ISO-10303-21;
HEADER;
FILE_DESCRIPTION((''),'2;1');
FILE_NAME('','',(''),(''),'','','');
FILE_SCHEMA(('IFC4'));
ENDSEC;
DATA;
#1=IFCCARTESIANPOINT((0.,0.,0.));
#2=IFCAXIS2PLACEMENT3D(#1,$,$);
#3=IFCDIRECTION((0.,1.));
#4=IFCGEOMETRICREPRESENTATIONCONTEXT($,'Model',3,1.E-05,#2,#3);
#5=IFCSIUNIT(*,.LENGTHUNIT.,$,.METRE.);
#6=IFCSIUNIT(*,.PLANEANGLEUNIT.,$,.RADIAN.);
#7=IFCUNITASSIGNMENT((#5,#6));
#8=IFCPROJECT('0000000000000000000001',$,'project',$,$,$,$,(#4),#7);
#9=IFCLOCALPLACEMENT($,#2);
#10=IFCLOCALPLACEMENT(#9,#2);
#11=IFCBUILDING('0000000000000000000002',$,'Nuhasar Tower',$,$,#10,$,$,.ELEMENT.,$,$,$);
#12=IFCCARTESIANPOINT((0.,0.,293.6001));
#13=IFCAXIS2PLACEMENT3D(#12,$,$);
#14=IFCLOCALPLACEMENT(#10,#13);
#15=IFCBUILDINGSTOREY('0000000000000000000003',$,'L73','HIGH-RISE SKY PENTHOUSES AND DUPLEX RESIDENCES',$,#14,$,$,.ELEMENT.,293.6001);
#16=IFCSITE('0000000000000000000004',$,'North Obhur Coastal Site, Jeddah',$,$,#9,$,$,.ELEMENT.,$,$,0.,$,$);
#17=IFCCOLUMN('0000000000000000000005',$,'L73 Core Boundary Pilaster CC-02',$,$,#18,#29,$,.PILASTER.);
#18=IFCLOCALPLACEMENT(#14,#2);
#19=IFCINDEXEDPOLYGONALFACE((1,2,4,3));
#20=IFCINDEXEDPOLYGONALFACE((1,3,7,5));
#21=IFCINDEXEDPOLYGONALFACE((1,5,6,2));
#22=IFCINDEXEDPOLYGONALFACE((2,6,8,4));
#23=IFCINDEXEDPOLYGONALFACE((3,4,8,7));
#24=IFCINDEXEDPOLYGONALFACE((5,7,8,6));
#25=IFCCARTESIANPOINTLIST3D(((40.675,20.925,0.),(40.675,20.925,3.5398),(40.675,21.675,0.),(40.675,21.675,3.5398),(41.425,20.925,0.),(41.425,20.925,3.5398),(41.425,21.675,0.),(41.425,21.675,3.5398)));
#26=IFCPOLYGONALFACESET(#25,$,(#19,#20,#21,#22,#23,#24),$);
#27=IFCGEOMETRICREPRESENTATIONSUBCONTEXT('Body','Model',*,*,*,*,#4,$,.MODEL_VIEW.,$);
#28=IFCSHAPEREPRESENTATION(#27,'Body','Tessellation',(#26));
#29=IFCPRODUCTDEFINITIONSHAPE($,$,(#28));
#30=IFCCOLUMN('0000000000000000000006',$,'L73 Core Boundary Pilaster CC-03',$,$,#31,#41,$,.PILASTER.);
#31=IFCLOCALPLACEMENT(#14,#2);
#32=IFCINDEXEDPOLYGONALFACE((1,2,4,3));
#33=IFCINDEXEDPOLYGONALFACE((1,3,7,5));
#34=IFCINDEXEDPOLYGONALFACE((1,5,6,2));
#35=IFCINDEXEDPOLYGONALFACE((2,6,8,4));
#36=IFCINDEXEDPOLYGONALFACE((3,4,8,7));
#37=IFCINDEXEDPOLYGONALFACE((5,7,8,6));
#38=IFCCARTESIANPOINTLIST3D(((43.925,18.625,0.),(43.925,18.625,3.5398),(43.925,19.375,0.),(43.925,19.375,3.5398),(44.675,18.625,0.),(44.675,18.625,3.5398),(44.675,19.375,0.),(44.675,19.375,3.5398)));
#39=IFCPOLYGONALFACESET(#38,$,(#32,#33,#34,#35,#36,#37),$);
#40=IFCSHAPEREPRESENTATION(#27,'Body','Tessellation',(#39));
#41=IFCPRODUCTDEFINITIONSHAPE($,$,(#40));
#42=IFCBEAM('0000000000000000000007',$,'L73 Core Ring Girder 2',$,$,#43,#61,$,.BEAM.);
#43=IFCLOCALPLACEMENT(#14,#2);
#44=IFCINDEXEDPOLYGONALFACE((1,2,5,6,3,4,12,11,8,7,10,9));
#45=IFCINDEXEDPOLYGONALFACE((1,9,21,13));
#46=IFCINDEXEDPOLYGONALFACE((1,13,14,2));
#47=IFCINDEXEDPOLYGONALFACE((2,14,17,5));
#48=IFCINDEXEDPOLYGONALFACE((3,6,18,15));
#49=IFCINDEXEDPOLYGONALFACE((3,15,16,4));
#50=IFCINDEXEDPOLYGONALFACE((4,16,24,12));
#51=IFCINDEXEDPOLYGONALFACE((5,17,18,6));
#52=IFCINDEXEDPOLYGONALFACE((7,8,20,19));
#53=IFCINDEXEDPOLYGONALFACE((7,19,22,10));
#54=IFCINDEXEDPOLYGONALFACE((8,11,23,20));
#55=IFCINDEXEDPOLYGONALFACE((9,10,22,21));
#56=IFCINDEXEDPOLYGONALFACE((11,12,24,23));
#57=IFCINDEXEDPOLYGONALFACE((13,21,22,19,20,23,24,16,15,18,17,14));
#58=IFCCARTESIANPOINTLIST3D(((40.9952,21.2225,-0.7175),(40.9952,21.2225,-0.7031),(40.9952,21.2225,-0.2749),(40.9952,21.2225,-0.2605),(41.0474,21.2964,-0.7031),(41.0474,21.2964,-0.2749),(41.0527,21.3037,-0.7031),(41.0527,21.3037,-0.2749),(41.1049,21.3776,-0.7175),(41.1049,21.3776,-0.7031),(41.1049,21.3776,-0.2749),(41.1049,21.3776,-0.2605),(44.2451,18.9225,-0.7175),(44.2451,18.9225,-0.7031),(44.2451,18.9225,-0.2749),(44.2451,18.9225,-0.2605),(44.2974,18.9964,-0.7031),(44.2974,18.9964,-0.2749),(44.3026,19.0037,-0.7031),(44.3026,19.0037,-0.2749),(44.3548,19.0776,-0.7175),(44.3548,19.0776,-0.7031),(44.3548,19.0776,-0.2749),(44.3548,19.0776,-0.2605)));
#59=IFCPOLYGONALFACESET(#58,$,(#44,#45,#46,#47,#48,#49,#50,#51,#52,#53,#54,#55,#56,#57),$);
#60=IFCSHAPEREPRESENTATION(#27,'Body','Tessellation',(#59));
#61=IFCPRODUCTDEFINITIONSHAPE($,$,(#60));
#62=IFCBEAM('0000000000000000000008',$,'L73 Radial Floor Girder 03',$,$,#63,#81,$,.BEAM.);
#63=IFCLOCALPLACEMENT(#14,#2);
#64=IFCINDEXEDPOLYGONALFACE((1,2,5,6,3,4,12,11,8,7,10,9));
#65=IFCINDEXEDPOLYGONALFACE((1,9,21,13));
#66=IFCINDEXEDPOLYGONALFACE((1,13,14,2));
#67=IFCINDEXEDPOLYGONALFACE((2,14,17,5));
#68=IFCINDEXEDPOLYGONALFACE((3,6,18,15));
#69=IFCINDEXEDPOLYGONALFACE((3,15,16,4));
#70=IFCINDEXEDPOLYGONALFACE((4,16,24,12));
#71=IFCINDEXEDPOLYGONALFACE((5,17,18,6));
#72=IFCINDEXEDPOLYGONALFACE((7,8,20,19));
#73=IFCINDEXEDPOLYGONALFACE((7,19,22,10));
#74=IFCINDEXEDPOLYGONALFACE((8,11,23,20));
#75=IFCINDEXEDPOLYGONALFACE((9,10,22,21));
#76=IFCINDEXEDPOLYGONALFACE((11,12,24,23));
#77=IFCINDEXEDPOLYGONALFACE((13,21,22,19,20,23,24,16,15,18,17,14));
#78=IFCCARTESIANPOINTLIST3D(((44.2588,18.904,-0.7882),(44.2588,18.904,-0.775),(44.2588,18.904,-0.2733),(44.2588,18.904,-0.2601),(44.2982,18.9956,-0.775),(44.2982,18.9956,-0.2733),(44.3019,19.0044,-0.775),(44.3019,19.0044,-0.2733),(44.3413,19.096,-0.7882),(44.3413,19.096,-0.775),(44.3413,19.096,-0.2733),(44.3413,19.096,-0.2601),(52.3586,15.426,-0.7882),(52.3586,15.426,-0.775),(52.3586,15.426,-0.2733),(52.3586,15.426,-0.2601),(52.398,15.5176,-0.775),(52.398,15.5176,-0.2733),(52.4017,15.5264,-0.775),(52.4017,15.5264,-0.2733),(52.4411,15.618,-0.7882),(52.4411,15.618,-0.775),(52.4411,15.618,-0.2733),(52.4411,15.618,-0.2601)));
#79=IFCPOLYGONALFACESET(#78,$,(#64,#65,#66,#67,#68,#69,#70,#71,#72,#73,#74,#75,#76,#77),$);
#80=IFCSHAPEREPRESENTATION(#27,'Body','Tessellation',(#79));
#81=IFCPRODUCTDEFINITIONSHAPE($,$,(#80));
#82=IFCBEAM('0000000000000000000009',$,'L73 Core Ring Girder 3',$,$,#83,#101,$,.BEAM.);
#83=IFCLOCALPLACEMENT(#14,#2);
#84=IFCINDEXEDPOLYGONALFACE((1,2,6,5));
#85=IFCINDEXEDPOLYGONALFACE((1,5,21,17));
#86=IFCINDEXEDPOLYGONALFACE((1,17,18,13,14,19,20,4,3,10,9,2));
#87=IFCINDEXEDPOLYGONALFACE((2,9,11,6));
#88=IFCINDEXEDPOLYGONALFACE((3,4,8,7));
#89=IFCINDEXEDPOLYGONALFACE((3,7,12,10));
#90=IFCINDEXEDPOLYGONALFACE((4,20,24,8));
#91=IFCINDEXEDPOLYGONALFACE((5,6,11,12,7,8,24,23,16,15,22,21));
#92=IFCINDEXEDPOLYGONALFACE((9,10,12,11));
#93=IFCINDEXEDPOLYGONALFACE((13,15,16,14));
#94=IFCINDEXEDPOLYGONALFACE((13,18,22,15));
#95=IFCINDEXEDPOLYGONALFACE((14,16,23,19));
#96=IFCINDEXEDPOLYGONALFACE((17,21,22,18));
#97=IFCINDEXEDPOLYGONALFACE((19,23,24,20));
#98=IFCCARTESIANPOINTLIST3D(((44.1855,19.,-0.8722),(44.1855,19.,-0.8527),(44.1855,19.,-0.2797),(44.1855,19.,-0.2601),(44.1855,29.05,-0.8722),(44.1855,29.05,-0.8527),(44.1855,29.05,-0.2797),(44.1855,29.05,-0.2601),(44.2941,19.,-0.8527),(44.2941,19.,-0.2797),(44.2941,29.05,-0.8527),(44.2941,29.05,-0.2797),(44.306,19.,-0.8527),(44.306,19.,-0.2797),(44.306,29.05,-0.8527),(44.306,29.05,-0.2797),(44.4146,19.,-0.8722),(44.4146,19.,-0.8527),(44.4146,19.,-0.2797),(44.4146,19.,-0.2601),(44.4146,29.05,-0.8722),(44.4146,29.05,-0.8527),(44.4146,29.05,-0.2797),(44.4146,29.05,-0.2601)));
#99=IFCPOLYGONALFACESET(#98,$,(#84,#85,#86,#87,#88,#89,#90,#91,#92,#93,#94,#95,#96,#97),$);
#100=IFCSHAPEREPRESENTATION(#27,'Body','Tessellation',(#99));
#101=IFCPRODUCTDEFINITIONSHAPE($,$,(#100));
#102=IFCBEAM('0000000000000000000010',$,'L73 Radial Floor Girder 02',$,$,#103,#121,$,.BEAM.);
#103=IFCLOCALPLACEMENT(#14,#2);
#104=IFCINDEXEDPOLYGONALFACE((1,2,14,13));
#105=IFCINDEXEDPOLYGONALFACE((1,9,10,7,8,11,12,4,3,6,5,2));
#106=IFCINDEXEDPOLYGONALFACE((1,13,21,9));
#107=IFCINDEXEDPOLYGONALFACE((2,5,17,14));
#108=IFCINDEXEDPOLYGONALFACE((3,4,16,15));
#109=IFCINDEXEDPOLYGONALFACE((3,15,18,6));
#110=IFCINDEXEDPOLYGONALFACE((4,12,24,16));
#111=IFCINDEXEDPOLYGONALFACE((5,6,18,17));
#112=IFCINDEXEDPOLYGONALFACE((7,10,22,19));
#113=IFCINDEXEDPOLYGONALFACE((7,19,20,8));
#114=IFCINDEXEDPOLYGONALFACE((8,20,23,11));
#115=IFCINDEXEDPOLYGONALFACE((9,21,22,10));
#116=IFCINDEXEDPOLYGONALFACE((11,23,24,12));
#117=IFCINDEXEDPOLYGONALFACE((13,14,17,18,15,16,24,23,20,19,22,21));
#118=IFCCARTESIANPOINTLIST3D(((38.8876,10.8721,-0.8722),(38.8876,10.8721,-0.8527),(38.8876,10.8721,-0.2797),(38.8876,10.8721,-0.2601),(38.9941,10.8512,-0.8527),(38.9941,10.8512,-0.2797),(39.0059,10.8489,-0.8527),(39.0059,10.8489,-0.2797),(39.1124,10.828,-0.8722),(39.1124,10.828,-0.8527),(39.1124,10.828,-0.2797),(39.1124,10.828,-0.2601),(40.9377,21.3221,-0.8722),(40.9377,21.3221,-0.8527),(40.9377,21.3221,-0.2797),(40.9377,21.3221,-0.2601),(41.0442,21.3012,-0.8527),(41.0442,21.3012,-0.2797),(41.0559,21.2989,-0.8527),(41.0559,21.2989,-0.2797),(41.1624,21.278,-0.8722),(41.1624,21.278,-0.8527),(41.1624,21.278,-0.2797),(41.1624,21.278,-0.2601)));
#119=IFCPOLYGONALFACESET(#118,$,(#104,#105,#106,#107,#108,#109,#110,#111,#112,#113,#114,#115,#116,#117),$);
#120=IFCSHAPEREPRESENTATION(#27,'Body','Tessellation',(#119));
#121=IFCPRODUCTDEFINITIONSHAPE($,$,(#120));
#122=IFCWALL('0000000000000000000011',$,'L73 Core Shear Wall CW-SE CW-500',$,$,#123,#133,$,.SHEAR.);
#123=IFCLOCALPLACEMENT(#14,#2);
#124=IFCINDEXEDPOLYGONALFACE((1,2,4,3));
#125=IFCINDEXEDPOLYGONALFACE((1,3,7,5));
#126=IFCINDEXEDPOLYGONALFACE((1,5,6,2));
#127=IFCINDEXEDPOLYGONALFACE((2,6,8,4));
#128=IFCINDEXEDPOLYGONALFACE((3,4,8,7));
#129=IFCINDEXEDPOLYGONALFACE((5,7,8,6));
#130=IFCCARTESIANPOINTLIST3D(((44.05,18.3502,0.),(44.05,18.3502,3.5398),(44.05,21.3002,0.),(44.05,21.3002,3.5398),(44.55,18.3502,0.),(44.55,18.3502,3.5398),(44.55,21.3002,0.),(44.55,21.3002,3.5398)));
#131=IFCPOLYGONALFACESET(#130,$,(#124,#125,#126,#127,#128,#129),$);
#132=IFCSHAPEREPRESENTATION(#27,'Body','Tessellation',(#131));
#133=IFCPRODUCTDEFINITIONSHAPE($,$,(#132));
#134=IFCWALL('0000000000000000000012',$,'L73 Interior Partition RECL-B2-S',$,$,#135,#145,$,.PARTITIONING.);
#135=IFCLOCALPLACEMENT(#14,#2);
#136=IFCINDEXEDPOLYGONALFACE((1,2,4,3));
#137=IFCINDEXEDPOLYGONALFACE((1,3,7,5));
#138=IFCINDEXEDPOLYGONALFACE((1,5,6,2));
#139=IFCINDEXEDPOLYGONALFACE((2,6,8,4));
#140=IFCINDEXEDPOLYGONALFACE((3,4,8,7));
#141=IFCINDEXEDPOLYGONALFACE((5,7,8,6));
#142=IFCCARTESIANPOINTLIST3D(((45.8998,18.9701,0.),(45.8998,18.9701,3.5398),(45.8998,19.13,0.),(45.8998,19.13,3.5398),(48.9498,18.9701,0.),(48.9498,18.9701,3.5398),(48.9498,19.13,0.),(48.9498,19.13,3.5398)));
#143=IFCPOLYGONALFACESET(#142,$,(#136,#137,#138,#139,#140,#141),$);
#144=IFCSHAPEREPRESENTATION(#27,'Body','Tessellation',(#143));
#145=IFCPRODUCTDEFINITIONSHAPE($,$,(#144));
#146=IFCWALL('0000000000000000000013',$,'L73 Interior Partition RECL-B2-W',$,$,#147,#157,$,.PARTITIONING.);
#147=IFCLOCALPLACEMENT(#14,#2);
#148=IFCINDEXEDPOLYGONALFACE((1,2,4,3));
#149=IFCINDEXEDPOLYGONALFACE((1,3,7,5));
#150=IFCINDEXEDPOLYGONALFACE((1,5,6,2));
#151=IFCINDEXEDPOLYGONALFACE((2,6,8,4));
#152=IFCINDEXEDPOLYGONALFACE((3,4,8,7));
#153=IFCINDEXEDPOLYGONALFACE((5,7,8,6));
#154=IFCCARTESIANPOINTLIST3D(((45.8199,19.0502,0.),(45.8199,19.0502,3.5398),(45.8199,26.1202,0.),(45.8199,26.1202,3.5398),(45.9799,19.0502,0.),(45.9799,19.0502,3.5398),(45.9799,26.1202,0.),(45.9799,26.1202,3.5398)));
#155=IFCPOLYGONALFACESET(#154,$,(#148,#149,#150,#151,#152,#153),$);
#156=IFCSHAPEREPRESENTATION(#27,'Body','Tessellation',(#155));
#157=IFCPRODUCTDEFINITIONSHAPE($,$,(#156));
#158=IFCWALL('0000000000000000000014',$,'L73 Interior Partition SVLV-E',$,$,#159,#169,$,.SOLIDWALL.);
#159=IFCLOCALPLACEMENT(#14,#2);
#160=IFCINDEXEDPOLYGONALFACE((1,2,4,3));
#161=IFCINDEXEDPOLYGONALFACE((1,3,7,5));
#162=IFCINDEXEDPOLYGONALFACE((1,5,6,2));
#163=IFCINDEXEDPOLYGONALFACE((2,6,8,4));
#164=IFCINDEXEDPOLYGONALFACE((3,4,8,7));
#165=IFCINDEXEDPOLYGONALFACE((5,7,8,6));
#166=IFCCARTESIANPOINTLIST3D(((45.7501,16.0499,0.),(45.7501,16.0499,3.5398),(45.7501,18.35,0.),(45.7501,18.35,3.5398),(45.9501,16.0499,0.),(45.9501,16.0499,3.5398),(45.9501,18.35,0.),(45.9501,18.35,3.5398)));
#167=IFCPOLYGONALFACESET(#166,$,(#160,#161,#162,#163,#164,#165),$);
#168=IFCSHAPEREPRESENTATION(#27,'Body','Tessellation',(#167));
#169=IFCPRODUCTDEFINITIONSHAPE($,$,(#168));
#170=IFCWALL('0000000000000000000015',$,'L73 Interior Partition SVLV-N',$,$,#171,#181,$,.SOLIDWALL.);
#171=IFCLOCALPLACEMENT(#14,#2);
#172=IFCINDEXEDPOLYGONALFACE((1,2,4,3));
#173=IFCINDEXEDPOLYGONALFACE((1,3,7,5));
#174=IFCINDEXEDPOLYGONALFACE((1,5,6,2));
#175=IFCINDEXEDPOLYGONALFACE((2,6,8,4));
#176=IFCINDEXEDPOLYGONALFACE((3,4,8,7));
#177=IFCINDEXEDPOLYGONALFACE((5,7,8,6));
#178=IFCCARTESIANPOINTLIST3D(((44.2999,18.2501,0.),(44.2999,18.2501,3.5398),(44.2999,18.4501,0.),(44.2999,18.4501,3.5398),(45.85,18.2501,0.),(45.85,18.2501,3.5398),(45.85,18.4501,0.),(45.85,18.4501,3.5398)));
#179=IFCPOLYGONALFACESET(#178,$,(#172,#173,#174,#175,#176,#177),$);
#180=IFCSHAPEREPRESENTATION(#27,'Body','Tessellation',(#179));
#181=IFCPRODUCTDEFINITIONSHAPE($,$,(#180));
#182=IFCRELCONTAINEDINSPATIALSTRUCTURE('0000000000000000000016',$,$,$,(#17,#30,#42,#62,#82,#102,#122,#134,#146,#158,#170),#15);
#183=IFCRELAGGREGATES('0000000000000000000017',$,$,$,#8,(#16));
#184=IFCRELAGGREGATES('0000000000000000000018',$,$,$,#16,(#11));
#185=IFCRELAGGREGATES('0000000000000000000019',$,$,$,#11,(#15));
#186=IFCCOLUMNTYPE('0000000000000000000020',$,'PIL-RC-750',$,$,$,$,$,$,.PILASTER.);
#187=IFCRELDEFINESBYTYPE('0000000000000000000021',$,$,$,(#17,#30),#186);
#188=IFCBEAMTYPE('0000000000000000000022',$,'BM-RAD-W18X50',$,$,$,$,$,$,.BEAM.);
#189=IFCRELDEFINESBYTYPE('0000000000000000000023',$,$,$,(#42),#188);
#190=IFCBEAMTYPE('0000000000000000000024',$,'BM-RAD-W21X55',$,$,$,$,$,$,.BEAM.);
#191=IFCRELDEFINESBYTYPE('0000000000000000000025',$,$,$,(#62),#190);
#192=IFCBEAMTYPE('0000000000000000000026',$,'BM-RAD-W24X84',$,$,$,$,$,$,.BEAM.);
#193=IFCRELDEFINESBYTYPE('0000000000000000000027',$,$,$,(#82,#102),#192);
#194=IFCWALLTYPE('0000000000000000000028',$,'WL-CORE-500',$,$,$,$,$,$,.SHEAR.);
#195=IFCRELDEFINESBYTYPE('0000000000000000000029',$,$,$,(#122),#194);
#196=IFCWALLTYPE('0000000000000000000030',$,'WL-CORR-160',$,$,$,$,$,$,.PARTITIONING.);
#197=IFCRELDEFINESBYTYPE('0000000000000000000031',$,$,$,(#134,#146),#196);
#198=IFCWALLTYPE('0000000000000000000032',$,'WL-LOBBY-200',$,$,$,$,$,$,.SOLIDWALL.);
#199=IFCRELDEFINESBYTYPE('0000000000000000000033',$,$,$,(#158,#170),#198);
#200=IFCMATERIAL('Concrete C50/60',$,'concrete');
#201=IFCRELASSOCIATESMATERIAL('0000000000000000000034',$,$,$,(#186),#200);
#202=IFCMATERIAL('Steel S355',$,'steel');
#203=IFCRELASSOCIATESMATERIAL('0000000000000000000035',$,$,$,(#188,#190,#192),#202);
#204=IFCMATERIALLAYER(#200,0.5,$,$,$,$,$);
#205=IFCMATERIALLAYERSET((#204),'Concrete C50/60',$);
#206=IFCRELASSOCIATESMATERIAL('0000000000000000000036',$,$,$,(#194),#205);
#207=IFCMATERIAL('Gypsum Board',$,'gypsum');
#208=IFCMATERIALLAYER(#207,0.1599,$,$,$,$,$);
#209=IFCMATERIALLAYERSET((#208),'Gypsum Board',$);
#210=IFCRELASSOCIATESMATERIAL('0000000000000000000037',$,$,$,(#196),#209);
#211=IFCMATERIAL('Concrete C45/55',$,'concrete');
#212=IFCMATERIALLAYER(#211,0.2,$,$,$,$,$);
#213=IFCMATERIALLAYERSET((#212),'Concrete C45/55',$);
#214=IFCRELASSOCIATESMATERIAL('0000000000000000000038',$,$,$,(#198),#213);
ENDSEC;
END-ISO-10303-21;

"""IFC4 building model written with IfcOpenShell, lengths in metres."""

from ifc_helpers import new_model, si_unit, direction, frame, frame_2d, origin, origin_2d, place, context, subcontext, project, spatial, rectangle, i_section, extrude, material, layer, layer_set, material_profile, profile_set, type_object, element, save


model = new_model("IFC4")

# Units and contexts
model_context = context("Model", 3, precision=1e-05, world=origin(), true_north=direction((0.0, 1.0)))
body_context = subcontext(model_context, "Body", "Model", "MODEL_VIEW")
ifc_project = project(units=[si_unit("LENGTHUNIT", "METRE"), si_unit("PLANEANGLEUNIT", "RADIAN")], contexts=[model_context])

# Site, building, storey
site_placement = place(None, origin())
site = spatial("IfcSite", under=ifc_project, at=site_placement, Name="North Obhur Coastal Site, Jeddah", CompositionType="ELEMENT", RefElevation=0.0)
building_placement = place(site_placement, origin())
building = spatial("IfcBuilding", under=site, at=building_placement, Name="Nuhasar Tower", CompositionType="ELEMENT")
storey_placement = place(building_placement, frame((0.0, 0.0, 293.6001)))
storey = spatial("IfcBuildingStorey", under=building, at=storey_placement, Name="L73", Description="HIGH-RISE SKY PENTHOUSES AND DUPLEX RESIDENCES", CompositionType="ELEMENT", Elevation=293.6001)

# Columns
ifc_material_1 = material(Name="Concrete C50/60", Category="concrete")
ifc_material_profile_1 = material_profile(ifc_material_1, rectangle(XDim=0.75, YDim=0.75, at=origin_2d()), Name="RC750X750")
ifc_profile_set_1 = profile_set([ifc_material_profile_1], Name="Concrete C50/60")
column_type = type_object("IfcColumnType", Name="PIL-RC-750", PredefinedType="PILASTER", material=ifc_profile_set_1)
for number, where, z_axis, x_axis, name in (
    (1, (41.05, 21.3, 0.0), (0.0, 0.0, 1.0), (1.0, 0.0, 0.0), "L73 Core Boundary Pilaster CC-02"),
    (2, (44.3, 19.0, 0.0), (0.0, 0.0, 1.0), (1.0, 0.0, 0.0), "L73 Core Boundary Pilaster CC-03"),
):
    element("IfcColumn", number, at=place(storey_placement, frame(where, z_axis=z_axis, x_axis=x_axis)), inside=storey, type_object=column_type, Name=name, PredefinedType="PILASTER", context=body_context, shape_type="SweptSolid", body=[
        extrude(rectangle(XDim=0.75, YDim=0.75, at=origin_2d()), origin(), (0.0, 0.0, 1.0), 3.5398),
    ])

# Beams
ifc_material_2 = material(Name="Steel S355", Category="steel")
ifc_material_profile_2 = material_profile(ifc_material_2, i_section(OverallWidth=0.1899, OverallDepth=0.457, WebThickness=0.009, FlangeThickness=0.0144, at=origin_2d()), Name="W18X50")
ifc_profile_set_2 = profile_set([ifc_material_profile_2], Name="Steel S355")
beam_type_1 = type_object("IfcBeamType", Name="BM-RAD-W18X50", PredefinedType="BEAM", material=ifc_profile_set_2)
beam_1_placement = place(storey_placement, frame((41.05, 21.3, -0.489), z_axis=(0.816265, -0.577677, 0.0), x_axis=(0.577677, 0.816265, 0.0)))
element("IfcBeam", 3, at=beam_1_placement, inside=storey, type_object=beam_type_1, Name="L73 Core Ring Girder 2", PredefinedType="BEAM", context=body_context, shape_type="SweptSolid", body=[
    extrude(i_section(OverallWidth=0.1899, OverallDepth=0.457, WebThickness=0.009, FlangeThickness=0.0144, at=origin_2d()), origin(), (0.0, 0.0, 1.0), 3.9814),
])
ifc_material_profile_3 = material_profile(ifc_material_2, i_section(OverallWidth=0.209, OverallDepth=0.5281, WebThickness=0.0095, FlangeThickness=0.0132, at=origin_2d()), Name="W21X55")
ifc_profile_set_3 = profile_set([ifc_material_profile_3], Name="Steel S355")
beam_type_2 = type_object("IfcBeamType", Name="BM-RAD-W21X55", PredefinedType="BEAM", material=ifc_profile_set_3)
beam_2_placement = place(storey_placement, frame((44.3, 19.0, -0.5242), z_axis=(0.918871, -0.394558, 0.0), x_axis=(0.394558, 0.918871, 0.0)))
element("IfcBeam", 4, at=beam_2_placement, inside=storey, type_object=beam_type_2, Name="L73 Radial Floor Girder 03", PredefinedType="BEAM", context=body_context, shape_type="SweptSolid", body=[
    extrude(i_section(OverallWidth=0.209, OverallDepth=0.5281, WebThickness=0.0095, FlangeThickness=0.0132, at=origin_2d()), origin(), (0.0, 0.0, 1.0), 8.8149),
])
ifc_material_profile_4 = material_profile(ifc_material_2, i_section(OverallWidth=0.229, OverallDepth=0.6121, WebThickness=0.012, FlangeThickness=0.0195, at=origin_2d()), Name="W24X84")
ifc_profile_set_4 = profile_set([ifc_material_profile_4], Name="Steel S355")
beam_type_3 = type_object("IfcBeamType", Name="BM-RAD-W24X84", PredefinedType="BEAM", material=ifc_profile_set_4)
beam_3_placement = place(storey_placement, frame((44.3, 19.0, -0.5662), z_axis=(0.0, 1.0, 0.0), x_axis=(-1.0, 0.0, 0.0)))
element("IfcBeam", 5, at=beam_3_placement, inside=storey, type_object=beam_type_3, Name="L73 Core Ring Girder 3", PredefinedType="BEAM", context=body_context, shape_type="SweptSolid", body=[
    extrude(i_section(OverallWidth=0.229, OverallDepth=0.6121, WebThickness=0.012, FlangeThickness=0.0195, at=origin_2d()), origin(), (0.0, 0.0, 1.0), 10.05),
])
beam_4_placement = place(storey_placement, frame((41.05, 21.3, -0.5662), z_axis=(-0.192508, -0.981295, 0.0), x_axis=(0.981295, -0.192508, 0.0)))
element("IfcBeam", 6, at=beam_4_placement, inside=storey, type_object=beam_type_3, Name="L73 Radial Floor Girder 02", PredefinedType="BEAM", context=body_context, shape_type="SweptSolid", body=[
    extrude(i_section(OverallWidth=0.229, OverallDepth=0.6121, WebThickness=0.012, FlangeThickness=0.0195, at=origin_2d()), origin(), (0.0, 0.0, 1.0), 10.6492),
])

# Walls
ifc_layer_1 = layer(ifc_material_1, 0.5)
ifc_layer_set_1 = layer_set([ifc_layer_1], Name="Concrete C50/60")
wall_type_1 = type_object("IfcWallType", Name="WL-CORE-500", PredefinedType="SHEAR", material=ifc_layer_set_1)
wall_1_placement = place(storey_placement, frame((44.3, 18.3501, 0.0), z_axis=(0.0, 0.0, 1.0), x_axis=(0.0, 1.0, 0.0)))
element("IfcWall", 7, at=wall_1_placement, inside=storey, type_object=wall_type_1, Name="L73 Core Shear Wall CW-SE CW-500", PredefinedType="SHEAR", context=body_context, shape_type="SweptSolid", body=[
    extrude(rectangle(XDim=2.95, YDim=0.5, at=frame_2d((1.4751, 0.0))), origin(), (0.0, 0.0, 1.0), 3.5398),
])
ifc_material_3 = material(Name="Gypsum Board", Category="gypsum")
ifc_layer_2 = layer(ifc_material_3, 0.1599)
ifc_layer_set_2 = layer_set([ifc_layer_2], Name="Gypsum Board")
wall_type_2 = type_object("IfcWallType", Name="WL-CORR-160", PredefinedType="PARTITIONING", material=ifc_layer_set_2)
wall_2_placement = place(storey_placement, frame((45.8999, 19.05, 0.0), z_axis=(0.0, 0.0, 1.0), x_axis=(1.0, 0.0, 0.0)))
element("IfcWall", 8, at=wall_2_placement, inside=storey, type_object=wall_type_2, Name="L73 Interior Partition RECL-B2-S", PredefinedType="PARTITIONING", context=body_context, shape_type="SweptSolid", body=[
    extrude(rectangle(XDim=3.05, YDim=0.1599, at=frame_2d((1.5249, 0.0))), origin(), (0.0, 0.0, 1.0), 3.5398),
])
wall_3_placement = place(storey_placement, frame((45.8999, 19.05, 0.0), z_axis=(0.0, 0.0, 1.0), x_axis=(0.0, 1.0, 0.0)))
element("IfcWall", 9, at=wall_3_placement, inside=storey, type_object=wall_type_2, Name="L73 Interior Partition RECL-B2-W", PredefinedType="PARTITIONING", context=body_context, shape_type="SweptSolid", body=[
    extrude(rectangle(XDim=7.0701, YDim=0.1599, at=frame_2d((3.5352, 0.0))), origin(), (0.0, 0.0, 1.0), 3.5398),
])

# Shared definitions
ifc_material_4 = material(Name="Concrete C45/55", Category="concrete")
ifc_layer_3 = layer(ifc_material_4, 0.2)
ifc_layer_set_3 = layer_set([ifc_layer_3], Name="Concrete C45/55")
wall_type_3 = type_object("IfcWallType", Name="WL-LOBBY-200", PredefinedType="SOLIDWALL", material=ifc_layer_set_3)

# Walls
wall_4_placement = place(storey_placement, frame((45.8501, 16.05, 0.0), z_axis=(0.0, 0.0, 1.0), x_axis=(0.0, 1.0, 0.0)))
element("IfcWall", 10, at=wall_4_placement, inside=storey, type_object=wall_type_3, Name="L73 Interior Partition SVLV-E", PredefinedType="SOLIDWALL", context=body_context, shape_type="SweptSolid", body=[
    extrude(rectangle(XDim=2.3, YDim=0.2, at=frame_2d((1.1499, 0.0))), origin(), (0.0, 0.0, 1.0), 3.5398),
])
wall_5_placement = place(storey_placement, frame((44.3, 18.3501, 0.0), z_axis=(0.0, 0.0, 1.0), x_axis=(1.0, 0.0, 0.0)))
element("IfcWall", 11, at=wall_5_placement, inside=storey, type_object=wall_type_3, Name="L73 Interior Partition SVLV-N", PredefinedType="SOLIDWALL", context=body_context, shape_type="SweptSolid", body=[
    extrude(rectangle(XDim=1.55, YDim=0.2, at=frame_2d((0.7749, 0.0))), origin(), (0.0, 0.0, 1.0), 3.5398),
])

save(model, "model.ifc")
